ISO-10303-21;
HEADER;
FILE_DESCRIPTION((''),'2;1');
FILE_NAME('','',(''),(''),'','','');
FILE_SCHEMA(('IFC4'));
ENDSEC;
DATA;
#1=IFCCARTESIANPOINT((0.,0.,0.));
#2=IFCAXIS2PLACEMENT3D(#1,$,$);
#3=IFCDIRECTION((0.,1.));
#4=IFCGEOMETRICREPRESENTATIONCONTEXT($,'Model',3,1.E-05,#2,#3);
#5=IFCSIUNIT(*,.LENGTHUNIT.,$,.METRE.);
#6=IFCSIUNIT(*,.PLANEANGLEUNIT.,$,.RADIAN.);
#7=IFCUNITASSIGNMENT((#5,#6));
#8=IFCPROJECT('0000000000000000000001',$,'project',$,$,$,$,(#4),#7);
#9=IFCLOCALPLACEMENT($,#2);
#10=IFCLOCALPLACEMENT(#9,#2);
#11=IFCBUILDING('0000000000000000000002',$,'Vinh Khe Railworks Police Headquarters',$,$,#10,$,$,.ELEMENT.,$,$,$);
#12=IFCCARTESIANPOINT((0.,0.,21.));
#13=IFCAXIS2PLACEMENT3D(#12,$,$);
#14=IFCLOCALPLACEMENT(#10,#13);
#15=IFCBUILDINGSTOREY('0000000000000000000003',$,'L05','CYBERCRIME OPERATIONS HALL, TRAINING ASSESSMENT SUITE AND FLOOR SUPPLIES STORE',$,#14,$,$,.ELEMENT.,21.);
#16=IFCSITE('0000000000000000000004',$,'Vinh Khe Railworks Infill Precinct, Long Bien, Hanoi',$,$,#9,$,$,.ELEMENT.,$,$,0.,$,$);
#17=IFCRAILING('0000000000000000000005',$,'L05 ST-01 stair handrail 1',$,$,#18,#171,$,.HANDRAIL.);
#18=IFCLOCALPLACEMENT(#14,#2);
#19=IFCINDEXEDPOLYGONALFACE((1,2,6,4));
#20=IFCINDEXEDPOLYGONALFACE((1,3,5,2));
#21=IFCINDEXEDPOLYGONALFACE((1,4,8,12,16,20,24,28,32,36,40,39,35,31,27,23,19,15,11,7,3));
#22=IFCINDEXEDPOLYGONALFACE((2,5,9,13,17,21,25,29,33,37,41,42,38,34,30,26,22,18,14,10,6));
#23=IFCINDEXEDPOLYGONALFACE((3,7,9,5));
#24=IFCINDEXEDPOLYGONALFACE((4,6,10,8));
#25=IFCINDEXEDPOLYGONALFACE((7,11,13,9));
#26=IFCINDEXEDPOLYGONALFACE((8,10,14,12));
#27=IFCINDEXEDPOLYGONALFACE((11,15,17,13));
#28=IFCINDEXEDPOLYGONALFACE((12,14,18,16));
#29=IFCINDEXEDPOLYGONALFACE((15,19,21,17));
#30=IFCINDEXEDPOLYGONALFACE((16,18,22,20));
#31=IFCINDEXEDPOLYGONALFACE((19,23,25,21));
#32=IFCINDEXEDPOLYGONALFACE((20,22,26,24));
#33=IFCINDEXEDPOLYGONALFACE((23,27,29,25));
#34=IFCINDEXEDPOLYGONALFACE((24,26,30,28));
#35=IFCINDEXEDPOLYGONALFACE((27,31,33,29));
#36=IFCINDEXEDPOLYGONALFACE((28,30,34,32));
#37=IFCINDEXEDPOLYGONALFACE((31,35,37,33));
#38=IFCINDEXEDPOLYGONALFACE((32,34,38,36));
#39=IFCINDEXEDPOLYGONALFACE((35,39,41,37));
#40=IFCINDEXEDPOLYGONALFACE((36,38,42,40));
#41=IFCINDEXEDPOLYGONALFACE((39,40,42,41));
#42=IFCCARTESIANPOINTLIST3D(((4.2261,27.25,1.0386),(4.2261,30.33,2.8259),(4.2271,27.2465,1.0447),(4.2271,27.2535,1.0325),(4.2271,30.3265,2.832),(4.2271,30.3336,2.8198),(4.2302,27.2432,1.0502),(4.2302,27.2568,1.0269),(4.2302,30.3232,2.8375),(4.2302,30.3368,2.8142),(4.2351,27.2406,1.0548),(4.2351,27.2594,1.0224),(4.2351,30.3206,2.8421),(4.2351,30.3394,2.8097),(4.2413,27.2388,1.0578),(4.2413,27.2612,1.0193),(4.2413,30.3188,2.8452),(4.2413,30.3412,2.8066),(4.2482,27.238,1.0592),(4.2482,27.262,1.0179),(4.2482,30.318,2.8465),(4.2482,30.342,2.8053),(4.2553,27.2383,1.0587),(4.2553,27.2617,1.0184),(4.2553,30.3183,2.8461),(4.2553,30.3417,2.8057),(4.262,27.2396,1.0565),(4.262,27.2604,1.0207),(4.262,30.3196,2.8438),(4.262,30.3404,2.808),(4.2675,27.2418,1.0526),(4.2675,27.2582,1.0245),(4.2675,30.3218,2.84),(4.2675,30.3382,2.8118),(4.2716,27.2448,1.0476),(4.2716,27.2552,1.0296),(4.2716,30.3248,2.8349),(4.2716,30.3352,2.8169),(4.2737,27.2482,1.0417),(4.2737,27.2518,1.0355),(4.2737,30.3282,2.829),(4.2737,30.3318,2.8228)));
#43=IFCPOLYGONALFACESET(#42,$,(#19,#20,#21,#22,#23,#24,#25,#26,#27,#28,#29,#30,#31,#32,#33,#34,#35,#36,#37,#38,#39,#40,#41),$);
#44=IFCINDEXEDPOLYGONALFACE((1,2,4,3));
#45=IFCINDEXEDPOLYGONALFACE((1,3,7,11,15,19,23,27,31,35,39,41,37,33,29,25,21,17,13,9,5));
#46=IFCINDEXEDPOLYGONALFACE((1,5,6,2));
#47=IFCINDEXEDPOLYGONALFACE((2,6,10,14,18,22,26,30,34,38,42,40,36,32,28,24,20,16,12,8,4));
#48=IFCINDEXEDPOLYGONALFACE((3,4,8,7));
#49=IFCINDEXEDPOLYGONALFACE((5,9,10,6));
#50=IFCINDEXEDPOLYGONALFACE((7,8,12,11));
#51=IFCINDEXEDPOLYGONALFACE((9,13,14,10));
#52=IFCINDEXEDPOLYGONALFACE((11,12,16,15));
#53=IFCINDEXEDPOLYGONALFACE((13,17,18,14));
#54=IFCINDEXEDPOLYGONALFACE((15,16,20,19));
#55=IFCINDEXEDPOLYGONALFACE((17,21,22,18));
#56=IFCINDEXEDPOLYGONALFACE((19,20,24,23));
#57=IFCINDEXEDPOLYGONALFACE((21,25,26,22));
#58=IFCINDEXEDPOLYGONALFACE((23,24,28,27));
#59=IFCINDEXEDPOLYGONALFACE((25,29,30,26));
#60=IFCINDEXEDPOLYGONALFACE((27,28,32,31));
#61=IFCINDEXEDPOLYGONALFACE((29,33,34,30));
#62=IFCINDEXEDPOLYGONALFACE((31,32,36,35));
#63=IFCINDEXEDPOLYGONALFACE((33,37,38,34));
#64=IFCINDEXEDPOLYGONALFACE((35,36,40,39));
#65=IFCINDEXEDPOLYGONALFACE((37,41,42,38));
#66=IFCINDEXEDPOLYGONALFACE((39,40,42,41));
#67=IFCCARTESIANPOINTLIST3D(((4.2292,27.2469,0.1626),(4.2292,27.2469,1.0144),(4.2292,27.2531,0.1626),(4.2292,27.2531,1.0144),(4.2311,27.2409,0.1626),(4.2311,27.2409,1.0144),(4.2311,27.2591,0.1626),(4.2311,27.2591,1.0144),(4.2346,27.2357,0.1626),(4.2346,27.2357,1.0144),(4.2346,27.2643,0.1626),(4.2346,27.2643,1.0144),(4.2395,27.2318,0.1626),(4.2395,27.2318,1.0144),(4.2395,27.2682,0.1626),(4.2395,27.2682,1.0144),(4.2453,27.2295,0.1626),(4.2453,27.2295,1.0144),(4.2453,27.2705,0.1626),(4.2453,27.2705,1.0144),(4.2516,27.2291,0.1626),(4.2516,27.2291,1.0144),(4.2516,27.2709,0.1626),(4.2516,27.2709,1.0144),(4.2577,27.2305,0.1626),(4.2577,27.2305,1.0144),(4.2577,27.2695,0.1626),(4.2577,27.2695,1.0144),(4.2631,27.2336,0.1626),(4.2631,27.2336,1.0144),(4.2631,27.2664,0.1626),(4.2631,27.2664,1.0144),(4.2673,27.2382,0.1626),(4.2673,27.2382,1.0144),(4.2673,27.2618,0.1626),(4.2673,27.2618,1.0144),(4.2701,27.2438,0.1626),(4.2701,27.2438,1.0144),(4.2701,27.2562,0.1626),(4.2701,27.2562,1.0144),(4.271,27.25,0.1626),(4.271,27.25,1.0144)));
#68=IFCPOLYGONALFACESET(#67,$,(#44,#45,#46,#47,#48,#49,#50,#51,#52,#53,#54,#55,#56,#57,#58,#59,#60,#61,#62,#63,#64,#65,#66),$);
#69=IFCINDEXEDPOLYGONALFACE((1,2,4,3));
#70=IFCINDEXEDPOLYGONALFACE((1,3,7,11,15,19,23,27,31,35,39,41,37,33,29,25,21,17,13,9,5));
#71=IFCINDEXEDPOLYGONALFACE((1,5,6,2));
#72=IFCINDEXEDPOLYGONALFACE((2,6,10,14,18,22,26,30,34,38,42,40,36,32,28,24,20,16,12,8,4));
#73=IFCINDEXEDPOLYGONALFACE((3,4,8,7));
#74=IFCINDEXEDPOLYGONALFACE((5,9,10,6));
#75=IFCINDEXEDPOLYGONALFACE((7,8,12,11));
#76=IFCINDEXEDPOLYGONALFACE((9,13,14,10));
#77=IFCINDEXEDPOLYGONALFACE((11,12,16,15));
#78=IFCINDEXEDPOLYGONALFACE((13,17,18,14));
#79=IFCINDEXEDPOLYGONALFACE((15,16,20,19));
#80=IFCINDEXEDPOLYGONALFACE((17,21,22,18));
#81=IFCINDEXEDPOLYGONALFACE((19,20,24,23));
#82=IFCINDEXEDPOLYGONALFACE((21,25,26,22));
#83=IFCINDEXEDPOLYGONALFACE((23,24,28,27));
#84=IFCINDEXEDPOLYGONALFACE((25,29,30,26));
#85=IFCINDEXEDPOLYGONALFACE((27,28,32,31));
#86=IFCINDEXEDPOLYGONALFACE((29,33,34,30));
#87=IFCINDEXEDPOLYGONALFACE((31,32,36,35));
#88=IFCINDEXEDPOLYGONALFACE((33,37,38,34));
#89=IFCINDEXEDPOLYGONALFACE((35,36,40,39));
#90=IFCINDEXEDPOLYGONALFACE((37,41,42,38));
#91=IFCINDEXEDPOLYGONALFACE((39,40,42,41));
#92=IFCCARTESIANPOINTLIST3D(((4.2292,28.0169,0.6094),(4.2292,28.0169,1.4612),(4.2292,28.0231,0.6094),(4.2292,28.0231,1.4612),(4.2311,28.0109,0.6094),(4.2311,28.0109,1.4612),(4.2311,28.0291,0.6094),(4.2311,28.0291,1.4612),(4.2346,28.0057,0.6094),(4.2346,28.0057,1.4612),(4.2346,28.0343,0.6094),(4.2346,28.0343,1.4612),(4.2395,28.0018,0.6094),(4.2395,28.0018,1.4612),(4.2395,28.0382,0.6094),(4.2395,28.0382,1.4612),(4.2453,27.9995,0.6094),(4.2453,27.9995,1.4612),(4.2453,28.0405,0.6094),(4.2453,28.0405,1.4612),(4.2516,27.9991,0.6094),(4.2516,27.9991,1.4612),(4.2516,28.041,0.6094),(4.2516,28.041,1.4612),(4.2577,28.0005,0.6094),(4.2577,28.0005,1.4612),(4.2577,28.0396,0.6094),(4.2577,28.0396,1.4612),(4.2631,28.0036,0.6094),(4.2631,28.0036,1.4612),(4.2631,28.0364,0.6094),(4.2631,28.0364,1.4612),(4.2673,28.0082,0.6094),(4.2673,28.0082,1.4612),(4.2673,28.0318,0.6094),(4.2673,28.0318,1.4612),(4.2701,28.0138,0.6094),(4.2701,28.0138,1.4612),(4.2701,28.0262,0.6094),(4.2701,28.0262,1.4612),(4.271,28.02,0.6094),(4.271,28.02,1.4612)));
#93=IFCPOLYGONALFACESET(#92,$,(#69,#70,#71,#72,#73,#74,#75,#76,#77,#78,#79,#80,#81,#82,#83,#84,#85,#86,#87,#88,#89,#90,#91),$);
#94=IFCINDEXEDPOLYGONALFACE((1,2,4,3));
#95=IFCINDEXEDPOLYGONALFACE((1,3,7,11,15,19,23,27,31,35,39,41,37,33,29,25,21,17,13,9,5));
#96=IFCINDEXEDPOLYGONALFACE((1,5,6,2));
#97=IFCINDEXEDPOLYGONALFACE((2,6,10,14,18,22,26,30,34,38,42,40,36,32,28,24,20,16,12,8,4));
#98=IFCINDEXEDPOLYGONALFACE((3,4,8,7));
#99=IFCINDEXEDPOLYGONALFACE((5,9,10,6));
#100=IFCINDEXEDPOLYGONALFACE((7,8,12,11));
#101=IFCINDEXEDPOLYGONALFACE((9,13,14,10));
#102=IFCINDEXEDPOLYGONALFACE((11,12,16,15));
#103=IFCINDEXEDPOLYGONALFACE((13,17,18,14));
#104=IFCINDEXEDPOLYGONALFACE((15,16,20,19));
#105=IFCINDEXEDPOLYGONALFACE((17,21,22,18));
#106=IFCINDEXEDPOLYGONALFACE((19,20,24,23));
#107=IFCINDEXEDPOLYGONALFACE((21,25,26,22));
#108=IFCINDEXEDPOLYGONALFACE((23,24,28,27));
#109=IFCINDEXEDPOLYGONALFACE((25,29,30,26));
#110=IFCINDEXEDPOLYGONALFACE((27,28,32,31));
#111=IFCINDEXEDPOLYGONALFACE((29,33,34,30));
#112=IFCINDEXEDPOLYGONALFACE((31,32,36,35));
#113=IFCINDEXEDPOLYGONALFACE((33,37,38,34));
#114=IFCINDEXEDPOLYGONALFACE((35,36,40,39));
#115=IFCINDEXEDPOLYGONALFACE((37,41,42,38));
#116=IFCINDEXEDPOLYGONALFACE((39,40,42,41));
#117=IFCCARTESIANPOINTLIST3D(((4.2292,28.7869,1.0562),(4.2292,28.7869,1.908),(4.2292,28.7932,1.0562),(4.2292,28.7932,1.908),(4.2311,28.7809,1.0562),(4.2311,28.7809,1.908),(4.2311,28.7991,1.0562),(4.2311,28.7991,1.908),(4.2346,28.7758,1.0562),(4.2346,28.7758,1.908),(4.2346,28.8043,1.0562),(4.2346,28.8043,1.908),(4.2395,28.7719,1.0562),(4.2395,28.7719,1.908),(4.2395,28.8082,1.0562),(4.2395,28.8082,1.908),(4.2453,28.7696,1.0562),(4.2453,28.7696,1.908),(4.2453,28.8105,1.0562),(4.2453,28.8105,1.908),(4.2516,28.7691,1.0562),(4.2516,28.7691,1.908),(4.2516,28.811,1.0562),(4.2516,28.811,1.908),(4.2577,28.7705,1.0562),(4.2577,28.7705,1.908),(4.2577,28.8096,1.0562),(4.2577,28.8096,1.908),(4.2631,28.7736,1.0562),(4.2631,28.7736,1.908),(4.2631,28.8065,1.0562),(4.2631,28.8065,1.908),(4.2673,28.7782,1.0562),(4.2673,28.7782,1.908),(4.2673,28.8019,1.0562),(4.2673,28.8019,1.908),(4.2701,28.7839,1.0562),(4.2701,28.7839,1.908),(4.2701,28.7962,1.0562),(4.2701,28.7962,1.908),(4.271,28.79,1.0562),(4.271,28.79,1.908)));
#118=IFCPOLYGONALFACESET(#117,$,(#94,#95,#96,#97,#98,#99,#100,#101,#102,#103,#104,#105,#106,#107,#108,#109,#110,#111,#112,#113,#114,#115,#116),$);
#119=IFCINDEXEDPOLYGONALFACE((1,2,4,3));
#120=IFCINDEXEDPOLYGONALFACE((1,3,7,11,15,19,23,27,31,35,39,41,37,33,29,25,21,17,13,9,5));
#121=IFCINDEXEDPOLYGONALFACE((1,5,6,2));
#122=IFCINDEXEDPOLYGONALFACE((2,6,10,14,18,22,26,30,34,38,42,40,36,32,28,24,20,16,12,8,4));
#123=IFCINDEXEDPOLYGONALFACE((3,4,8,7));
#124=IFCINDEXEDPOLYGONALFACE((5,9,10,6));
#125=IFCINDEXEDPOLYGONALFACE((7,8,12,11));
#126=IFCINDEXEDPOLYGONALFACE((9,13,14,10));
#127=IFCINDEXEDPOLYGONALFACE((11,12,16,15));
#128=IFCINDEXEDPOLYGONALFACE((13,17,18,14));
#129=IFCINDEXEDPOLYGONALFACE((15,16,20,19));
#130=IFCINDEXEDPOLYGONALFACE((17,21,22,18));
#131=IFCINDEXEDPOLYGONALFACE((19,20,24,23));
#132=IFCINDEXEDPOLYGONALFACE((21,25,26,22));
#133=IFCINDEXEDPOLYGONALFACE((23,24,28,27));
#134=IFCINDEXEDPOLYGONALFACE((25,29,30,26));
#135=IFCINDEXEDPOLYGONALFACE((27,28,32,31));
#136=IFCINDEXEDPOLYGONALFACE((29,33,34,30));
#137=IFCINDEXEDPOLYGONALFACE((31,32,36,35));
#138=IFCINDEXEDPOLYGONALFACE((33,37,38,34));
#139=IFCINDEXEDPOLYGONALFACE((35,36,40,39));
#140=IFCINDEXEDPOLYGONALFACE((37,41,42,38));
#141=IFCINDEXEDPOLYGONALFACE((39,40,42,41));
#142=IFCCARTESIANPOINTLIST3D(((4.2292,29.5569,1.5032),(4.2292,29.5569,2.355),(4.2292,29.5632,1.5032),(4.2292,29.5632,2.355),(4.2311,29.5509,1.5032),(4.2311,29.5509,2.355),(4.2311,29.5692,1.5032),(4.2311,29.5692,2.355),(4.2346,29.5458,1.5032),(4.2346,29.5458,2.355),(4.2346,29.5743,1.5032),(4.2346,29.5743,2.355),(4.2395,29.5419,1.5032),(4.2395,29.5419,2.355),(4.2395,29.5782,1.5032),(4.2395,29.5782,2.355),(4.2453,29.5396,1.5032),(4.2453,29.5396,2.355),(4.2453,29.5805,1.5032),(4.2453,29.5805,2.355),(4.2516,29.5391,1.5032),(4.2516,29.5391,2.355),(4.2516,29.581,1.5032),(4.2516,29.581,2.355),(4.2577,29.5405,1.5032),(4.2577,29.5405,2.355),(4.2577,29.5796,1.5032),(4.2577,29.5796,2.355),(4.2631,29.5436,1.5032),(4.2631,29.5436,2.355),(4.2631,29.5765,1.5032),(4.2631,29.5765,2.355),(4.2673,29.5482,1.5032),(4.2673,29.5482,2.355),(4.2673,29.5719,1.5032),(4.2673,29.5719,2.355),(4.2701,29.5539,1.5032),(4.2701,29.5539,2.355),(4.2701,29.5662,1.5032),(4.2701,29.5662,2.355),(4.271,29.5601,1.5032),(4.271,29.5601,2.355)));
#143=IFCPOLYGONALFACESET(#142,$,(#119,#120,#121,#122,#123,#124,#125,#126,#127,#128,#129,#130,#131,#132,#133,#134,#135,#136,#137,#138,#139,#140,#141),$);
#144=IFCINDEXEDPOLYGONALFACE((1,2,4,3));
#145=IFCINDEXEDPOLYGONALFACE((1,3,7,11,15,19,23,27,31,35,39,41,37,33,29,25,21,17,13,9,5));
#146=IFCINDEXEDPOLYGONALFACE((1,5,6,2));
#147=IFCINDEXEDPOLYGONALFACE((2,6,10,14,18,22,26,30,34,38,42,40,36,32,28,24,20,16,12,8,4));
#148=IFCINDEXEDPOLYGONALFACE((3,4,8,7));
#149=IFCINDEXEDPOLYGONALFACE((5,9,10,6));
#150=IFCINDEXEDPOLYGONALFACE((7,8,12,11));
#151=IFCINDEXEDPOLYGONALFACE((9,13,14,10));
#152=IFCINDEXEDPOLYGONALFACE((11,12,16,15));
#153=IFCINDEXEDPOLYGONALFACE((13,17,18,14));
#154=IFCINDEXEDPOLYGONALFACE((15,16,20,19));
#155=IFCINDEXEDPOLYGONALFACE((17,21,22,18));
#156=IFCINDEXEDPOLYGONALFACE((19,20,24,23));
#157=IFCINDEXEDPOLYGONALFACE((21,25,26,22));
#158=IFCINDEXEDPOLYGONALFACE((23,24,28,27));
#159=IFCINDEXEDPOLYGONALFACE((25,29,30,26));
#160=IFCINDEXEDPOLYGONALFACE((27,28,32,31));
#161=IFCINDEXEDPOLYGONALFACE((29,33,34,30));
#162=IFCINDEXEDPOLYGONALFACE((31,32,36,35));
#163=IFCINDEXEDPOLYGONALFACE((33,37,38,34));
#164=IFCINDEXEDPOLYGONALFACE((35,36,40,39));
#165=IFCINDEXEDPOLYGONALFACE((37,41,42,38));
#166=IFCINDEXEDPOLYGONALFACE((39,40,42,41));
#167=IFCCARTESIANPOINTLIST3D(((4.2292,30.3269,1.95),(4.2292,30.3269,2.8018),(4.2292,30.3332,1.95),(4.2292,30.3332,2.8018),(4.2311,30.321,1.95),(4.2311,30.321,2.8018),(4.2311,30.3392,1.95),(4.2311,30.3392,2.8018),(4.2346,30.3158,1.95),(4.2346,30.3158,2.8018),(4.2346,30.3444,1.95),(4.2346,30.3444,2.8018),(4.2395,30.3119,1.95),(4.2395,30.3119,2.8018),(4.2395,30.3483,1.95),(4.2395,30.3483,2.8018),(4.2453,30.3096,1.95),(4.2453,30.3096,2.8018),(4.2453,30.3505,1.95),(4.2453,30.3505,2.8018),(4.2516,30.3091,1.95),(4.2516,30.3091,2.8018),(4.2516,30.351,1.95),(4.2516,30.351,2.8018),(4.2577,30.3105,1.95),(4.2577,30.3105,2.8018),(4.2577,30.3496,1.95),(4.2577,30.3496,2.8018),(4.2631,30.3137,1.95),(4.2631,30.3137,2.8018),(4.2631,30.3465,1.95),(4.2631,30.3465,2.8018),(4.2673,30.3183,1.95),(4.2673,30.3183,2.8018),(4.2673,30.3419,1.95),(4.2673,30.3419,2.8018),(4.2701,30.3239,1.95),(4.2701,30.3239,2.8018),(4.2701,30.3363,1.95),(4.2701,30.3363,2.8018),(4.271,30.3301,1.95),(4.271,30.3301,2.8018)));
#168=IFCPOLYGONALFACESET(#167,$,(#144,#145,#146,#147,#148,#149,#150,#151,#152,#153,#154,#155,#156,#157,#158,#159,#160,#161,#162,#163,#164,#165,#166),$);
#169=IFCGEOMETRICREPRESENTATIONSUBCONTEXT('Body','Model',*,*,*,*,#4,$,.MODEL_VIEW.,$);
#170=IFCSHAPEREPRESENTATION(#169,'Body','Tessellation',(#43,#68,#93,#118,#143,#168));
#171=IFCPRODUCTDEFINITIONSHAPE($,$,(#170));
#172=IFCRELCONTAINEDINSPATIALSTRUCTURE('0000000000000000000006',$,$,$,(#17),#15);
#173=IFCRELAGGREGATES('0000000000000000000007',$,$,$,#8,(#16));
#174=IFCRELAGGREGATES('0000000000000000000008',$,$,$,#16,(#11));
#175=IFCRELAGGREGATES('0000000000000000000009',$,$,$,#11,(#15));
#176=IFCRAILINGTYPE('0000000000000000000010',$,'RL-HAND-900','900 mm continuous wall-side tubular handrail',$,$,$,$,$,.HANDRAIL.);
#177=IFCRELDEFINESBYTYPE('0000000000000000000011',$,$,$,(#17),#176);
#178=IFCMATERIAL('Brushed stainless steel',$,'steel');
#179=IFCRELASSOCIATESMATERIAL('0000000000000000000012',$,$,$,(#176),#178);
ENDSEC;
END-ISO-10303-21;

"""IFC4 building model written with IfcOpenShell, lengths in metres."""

from ifc_helpers import new_model, si_unit, direction, frame, origin, origin_2d, place, context, subcontext, project, spatial, circle, extrude, material, type_object, element, save


model = new_model("IFC4")

# Units and contexts
model_context = context("Model", 3, precision=1e-05, world=origin(), true_north=direction((0.0, 1.0)))
body_context = subcontext(model_context, "Body", "Model", "MODEL_VIEW")
ifc_project = project(units=[si_unit("LENGTHUNIT", "METRE"), si_unit("PLANEANGLEUNIT", "RADIAN")], contexts=[model_context])

# Site, building, storey
site_placement = place(None, origin())
site = spatial("IfcSite", under=ifc_project, at=site_placement, Name="Vinh Khe Railworks Infill Precinct, Long Bien, Hanoi", CompositionType="ELEMENT", RefElevation=0.0)
building_placement = place(site_placement, origin())
building = spatial("IfcBuilding", under=site, at=building_placement, Name="Vinh Khe Railworks Police Headquarters", CompositionType="ELEMENT")
storey_placement = place(building_placement, frame((0.0, 0.0, 21.0)))
storey = spatial("IfcBuildingStorey", under=building, at=storey_placement, Name="L05", Description="CYBERCRIME OPERATIONS HALL, TRAINING ASSESSMENT SUITE AND FLOOR SUPPLIES STORE", CompositionType="ELEMENT", Elevation=21.0)

# Railing
ifc_material_1 = material(Name="Brushed stainless steel", Category="steel")
railing_type_1 = type_object("IfcRailingType", Name="RL-HAND-900", Description="900 mm continuous wall-side tubular handrail", PredefinedType="HANDRAIL", material=ifc_material_1)
railing_1_placement = place(storey_placement, frame((4.25, 27.25, 0.1626)))
element("IfcRailing", 1, at=railing_1_placement, inside=storey, type_object=railing_type_1, Name="L05 ST-01 stair handrail 1", PredefinedType="HANDRAIL", context=body_context, shape_type="SweptSolid", body=[
    extrude(circle(Radius=0.0239, at=origin_2d()), frame((0.0, 0.0, 0.876), z_axis=(0.0, 0.86492, 0.501909), x_axis=(-1.0, 0.0, 0.0)), (0.0, 0.0, 1.0), 3.561),
    extrude(circle(Radius=0.021, at=origin_2d()), origin(), (0.0, 0.0, 1.0), 0.8518),
    extrude(circle(Radius=0.021, at=origin_2d()), frame((0.0, 0.77, 0.4468)), (0.0, 0.0, 1.0), 0.8518),
    extrude(circle(Radius=0.021, at=origin_2d()), frame((0.0, 1.54, 0.8936)), (0.0, 0.0, 1.0), 0.8518),
    extrude(circle(Radius=0.021, at=origin_2d()), frame((0.0, 2.3101, 1.3406)), (0.0, 0.0, 1.0), 0.8518),
    extrude(circle(Radius=0.021, at=origin_2d()), frame((0.0, 3.0801, 1.7874)), (0.0, 0.0, 1.0), 0.8518),
])

save(model, "model.ifc")
